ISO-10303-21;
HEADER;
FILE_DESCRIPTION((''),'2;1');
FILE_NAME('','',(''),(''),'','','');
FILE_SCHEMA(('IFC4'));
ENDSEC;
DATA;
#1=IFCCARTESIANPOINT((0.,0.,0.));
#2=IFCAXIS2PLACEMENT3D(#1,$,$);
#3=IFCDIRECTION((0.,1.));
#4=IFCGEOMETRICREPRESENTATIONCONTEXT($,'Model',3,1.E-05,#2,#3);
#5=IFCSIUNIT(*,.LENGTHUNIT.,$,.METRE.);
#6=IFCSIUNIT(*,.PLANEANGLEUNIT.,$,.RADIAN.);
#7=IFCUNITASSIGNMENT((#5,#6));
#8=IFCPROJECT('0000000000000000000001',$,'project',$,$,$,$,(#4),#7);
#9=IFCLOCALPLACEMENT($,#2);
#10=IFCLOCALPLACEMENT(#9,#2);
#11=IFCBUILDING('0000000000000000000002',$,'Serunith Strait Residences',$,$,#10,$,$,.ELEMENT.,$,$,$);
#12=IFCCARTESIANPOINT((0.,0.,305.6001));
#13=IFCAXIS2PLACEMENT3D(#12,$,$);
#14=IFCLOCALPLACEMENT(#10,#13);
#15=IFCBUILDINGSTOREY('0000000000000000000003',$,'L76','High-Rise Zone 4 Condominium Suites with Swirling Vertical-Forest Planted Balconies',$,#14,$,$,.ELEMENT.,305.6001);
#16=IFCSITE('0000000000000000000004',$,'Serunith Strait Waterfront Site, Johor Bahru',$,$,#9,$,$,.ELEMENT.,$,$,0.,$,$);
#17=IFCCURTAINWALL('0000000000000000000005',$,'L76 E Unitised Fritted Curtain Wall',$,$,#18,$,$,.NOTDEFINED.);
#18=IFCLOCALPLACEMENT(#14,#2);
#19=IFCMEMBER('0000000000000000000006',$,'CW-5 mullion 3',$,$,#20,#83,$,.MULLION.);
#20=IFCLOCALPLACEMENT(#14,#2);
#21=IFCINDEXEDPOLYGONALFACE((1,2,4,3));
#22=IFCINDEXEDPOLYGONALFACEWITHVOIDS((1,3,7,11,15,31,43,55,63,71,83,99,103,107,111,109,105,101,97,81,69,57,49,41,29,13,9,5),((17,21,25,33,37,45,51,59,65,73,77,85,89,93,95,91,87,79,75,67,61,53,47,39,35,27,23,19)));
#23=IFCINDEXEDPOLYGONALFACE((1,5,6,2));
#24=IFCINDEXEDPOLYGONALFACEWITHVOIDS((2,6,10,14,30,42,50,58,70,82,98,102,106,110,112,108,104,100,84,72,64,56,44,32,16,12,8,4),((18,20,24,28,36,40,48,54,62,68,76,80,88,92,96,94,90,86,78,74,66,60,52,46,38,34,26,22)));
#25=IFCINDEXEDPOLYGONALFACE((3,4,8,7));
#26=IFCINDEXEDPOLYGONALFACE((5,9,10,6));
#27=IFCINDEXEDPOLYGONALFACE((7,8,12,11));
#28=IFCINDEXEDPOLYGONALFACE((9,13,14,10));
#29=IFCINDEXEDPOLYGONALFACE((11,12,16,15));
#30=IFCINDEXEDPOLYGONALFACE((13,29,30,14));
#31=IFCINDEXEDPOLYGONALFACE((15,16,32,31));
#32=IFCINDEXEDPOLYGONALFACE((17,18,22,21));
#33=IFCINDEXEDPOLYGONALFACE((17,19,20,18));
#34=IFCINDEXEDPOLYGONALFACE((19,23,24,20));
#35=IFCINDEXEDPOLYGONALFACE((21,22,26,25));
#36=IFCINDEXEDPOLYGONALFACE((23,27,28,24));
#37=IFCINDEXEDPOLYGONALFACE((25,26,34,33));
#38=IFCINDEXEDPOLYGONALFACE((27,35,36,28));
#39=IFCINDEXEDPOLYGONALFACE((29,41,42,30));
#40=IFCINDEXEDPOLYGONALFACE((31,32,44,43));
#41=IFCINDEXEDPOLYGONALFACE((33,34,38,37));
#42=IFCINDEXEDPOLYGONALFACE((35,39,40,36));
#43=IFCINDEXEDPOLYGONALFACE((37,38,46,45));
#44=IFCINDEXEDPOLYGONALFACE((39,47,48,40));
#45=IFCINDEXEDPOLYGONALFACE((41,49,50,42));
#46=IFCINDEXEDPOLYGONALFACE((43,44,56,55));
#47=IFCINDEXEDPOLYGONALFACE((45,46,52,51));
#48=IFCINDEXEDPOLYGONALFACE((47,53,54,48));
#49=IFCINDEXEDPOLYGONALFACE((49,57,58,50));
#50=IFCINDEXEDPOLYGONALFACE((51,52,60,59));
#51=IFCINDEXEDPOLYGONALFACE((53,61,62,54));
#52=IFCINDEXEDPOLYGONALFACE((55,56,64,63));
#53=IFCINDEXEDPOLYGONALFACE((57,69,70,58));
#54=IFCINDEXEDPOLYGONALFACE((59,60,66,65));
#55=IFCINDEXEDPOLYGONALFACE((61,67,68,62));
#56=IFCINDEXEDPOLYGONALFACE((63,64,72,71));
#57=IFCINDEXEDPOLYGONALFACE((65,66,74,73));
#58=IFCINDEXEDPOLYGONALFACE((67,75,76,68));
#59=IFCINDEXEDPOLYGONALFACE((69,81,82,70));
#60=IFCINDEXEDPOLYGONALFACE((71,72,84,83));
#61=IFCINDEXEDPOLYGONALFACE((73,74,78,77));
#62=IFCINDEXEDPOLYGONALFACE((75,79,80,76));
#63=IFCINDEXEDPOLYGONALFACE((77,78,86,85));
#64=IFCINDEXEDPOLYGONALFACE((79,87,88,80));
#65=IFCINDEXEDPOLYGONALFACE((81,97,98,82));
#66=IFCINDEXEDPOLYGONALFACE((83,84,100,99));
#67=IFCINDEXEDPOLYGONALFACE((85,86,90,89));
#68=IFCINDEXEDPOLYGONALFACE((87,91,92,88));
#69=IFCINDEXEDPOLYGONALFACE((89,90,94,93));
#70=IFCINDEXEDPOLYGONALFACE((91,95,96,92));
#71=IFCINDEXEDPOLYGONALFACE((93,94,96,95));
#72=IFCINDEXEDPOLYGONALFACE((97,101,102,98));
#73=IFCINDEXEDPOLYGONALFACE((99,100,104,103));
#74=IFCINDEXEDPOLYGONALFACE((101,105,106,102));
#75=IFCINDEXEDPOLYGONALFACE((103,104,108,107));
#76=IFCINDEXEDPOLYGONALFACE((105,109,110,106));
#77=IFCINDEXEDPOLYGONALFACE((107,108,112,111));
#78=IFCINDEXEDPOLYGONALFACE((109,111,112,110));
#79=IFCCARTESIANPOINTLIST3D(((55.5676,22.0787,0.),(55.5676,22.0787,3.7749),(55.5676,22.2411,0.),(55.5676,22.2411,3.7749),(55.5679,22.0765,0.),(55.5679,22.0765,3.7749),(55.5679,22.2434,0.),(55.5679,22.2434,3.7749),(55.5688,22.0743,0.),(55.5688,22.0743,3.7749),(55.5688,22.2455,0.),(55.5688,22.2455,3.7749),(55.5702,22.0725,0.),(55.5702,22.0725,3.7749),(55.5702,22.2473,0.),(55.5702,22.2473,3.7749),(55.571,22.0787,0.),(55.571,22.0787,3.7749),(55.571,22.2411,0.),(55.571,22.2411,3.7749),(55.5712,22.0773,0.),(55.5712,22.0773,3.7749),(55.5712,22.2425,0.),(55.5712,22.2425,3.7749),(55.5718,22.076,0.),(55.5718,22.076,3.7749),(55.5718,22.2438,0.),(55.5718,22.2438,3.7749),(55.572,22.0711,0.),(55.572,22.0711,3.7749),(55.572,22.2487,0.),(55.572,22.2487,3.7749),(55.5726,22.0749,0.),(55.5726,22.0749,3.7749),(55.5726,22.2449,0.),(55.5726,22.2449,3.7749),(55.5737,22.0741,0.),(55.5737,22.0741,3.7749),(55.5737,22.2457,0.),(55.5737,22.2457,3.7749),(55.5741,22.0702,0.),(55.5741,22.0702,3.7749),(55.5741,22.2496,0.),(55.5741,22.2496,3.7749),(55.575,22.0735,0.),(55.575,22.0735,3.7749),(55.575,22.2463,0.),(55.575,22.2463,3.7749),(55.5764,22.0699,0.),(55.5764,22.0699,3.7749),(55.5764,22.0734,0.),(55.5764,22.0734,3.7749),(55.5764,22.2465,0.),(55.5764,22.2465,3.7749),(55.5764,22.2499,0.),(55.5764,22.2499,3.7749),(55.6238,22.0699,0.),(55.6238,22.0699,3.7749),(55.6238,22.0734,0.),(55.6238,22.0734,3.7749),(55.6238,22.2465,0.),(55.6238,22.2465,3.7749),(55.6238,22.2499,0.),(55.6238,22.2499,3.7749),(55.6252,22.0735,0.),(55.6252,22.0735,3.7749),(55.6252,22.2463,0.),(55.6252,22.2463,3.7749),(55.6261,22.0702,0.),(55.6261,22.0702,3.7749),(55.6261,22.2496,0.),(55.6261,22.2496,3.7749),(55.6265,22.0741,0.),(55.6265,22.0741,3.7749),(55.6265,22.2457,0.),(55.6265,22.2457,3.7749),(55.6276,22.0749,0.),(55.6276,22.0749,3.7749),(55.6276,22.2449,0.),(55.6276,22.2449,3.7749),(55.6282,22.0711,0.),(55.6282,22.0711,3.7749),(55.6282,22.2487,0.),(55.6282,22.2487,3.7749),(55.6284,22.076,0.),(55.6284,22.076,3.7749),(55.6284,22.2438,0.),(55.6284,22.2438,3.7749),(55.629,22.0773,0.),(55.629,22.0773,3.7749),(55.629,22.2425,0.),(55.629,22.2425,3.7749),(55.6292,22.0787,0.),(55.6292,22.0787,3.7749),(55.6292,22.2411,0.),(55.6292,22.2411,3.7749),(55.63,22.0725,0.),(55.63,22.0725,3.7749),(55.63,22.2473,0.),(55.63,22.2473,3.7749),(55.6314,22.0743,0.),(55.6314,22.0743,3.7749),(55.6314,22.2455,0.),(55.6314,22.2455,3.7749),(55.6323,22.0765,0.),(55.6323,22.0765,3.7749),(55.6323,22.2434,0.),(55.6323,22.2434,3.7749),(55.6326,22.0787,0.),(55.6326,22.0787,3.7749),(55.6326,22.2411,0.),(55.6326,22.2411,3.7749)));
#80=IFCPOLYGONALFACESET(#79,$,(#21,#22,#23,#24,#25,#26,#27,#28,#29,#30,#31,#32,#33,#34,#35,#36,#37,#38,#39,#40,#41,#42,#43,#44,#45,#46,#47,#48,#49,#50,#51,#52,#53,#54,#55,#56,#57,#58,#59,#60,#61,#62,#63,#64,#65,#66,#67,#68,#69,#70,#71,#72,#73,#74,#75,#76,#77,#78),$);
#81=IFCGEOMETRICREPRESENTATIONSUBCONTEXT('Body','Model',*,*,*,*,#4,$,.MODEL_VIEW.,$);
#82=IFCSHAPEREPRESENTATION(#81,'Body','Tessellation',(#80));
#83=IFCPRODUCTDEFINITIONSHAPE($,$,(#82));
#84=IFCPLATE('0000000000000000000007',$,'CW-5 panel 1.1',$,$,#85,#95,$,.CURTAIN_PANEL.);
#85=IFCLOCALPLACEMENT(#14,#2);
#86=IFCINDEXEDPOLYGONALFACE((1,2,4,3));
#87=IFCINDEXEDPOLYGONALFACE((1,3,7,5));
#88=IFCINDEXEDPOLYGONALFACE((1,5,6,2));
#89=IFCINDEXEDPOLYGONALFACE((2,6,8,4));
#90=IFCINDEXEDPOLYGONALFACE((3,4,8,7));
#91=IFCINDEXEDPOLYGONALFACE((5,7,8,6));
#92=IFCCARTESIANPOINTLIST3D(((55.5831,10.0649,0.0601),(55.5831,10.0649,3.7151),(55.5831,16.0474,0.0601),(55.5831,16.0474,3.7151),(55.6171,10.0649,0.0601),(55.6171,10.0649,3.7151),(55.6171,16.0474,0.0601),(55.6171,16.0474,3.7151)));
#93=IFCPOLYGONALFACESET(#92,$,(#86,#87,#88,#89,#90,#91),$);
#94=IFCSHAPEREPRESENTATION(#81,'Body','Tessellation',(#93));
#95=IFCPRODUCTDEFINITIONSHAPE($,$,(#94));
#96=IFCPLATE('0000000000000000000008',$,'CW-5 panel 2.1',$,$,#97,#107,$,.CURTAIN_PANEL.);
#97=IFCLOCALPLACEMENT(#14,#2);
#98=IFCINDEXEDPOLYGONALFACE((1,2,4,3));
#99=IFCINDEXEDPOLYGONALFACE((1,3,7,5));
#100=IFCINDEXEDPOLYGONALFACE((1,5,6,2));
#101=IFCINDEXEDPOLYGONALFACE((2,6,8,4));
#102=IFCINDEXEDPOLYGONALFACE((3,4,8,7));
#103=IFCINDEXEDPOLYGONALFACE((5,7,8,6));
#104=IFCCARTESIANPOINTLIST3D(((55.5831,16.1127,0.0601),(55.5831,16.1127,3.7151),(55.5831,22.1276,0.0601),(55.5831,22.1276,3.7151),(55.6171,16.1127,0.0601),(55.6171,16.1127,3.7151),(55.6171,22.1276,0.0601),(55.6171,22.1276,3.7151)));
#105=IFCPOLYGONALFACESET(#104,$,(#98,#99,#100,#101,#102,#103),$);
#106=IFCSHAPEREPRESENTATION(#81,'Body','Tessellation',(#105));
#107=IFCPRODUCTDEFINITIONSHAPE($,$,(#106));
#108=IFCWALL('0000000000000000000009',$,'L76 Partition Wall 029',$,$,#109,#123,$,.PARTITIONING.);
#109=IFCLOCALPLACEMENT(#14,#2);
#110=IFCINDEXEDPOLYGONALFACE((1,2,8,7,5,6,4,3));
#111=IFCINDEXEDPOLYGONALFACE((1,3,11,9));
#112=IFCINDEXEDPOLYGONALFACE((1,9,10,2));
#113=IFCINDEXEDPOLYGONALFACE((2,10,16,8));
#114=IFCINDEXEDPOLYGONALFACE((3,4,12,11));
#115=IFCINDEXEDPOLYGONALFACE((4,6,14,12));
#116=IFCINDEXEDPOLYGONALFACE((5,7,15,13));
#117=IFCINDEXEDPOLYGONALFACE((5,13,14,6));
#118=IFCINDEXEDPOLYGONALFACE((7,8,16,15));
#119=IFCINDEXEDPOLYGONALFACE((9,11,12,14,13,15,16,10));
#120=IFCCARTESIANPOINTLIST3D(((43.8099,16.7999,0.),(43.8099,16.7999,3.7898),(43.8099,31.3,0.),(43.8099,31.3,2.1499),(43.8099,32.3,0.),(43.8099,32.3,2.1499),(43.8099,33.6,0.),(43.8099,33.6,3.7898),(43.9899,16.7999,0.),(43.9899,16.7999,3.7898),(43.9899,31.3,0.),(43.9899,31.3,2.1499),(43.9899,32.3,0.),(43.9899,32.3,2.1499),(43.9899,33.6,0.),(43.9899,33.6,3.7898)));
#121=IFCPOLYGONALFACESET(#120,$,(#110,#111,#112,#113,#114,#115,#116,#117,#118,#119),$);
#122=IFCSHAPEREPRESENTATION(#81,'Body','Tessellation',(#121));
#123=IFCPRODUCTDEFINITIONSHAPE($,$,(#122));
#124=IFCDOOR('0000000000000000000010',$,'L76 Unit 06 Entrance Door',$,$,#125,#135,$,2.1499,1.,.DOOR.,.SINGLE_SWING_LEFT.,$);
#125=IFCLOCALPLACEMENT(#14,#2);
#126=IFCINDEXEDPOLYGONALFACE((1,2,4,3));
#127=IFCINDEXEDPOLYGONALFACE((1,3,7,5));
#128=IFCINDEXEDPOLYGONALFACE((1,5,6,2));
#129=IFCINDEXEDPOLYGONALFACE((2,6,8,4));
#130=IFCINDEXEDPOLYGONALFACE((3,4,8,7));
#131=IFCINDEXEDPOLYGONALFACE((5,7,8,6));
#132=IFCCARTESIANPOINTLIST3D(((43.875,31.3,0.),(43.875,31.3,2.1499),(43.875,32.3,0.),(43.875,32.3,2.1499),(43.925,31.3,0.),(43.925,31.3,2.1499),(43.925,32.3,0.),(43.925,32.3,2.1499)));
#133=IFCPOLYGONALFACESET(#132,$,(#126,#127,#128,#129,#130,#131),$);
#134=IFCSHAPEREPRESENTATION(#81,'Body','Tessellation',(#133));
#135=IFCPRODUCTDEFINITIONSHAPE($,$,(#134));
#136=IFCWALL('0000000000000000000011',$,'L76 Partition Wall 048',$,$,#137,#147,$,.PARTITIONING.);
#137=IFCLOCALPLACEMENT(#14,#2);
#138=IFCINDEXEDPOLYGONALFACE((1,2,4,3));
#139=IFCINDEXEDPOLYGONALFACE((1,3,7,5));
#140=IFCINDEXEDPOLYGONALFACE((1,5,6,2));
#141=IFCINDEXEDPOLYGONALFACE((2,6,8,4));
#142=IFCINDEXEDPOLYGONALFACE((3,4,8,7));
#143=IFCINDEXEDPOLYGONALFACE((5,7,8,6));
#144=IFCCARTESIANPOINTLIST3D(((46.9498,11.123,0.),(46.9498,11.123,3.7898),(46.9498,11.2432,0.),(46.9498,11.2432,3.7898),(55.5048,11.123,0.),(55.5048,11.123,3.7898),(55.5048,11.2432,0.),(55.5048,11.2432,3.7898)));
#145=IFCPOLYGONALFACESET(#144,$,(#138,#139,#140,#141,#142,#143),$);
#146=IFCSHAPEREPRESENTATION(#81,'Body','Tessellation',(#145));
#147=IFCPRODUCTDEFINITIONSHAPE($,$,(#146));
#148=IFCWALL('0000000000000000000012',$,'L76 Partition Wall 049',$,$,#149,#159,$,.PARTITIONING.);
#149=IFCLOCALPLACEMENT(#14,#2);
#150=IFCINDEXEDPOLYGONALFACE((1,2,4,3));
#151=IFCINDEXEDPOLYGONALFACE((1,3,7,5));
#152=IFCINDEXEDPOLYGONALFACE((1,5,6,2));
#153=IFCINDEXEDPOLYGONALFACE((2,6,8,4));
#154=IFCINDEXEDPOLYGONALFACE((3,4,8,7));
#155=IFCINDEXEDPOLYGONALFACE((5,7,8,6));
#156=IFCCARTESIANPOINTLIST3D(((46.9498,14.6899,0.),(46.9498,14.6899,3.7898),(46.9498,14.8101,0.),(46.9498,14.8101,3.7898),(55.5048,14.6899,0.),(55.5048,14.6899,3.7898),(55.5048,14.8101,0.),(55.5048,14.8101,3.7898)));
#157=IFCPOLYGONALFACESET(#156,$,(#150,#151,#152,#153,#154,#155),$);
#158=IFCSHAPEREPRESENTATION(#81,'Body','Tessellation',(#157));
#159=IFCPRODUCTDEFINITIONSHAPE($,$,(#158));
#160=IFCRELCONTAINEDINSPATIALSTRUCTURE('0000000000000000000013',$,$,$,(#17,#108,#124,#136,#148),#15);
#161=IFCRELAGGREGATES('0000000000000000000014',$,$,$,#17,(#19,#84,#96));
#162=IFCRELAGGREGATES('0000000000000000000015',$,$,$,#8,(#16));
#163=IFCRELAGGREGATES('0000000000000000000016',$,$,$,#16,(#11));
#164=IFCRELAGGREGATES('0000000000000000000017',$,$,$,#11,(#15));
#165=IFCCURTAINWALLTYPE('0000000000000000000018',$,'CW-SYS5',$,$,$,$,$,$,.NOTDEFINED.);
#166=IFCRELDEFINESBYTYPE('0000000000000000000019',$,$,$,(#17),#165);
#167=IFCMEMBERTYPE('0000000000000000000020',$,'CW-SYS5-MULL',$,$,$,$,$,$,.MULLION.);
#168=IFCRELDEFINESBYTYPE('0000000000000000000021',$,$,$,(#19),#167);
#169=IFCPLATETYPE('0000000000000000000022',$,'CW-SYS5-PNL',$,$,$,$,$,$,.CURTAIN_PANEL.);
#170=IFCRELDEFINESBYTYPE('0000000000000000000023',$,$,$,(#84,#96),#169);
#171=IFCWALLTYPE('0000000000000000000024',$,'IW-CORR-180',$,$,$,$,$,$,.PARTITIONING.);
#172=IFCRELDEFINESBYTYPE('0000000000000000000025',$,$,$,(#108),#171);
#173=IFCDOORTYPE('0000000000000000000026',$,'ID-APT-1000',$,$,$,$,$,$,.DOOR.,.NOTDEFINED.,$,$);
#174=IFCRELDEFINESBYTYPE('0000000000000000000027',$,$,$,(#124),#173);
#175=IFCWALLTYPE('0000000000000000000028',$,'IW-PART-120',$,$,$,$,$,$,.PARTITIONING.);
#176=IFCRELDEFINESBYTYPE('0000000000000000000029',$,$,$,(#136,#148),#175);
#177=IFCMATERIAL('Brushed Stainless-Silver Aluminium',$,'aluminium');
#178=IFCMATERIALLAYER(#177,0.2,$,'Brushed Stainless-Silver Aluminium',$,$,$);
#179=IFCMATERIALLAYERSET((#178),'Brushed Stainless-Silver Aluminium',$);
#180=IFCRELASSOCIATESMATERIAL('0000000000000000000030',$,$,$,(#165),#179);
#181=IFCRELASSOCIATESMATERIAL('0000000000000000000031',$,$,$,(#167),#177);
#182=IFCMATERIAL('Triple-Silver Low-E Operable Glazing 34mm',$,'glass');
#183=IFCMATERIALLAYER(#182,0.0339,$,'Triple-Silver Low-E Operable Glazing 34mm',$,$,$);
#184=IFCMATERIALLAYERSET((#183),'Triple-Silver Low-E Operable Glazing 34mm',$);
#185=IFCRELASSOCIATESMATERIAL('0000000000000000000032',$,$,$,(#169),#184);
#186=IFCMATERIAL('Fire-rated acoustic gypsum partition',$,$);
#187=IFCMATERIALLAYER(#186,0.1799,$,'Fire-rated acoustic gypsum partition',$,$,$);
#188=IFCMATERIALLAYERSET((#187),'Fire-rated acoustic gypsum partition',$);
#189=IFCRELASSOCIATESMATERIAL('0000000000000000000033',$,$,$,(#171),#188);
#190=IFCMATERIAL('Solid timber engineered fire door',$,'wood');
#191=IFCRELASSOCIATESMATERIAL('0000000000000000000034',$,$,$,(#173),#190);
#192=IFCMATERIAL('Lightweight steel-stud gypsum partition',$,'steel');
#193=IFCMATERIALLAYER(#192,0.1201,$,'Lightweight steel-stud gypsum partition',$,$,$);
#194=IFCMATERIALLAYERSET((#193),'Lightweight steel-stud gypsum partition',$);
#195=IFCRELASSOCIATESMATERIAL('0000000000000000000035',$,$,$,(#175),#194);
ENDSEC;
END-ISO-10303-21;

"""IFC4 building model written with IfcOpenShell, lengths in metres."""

from ifc_helpers import new_model, si_unit, direction, frame, frame_2d, origin, origin_2d, place, context, subcontext, project, spatial, rectangle, hollow_rectangle, extrude, source, transform, mapped, material, layer, layer_set, material_profile, profile_set, type_object, element, fill, aggregate, save


model = new_model("IFC4")

# Units and contexts
model_context = context("Model", 3, precision=1e-05, world=origin(), true_north=direction((0.0, 1.0)))
body_context = subcontext(model_context, "Body", "Model", "MODEL_VIEW")
ifc_project = project(units=[si_unit("LENGTHUNIT", "METRE"), si_unit("PLANEANGLEUNIT", "RADIAN")], contexts=[model_context])

# Site, building, storey
site_placement = place(None, origin())
site = spatial("IfcSite", under=ifc_project, at=site_placement, Name="Serunith Strait Waterfront Site, Johor Bahru", CompositionType="ELEMENT", RefElevation=0.0)
building_placement = place(site_placement, origin())
building = spatial("IfcBuilding", under=site, at=building_placement, Name="Serunith Strait Residences", CompositionType="ELEMENT")
storey_placement = place(building_placement, frame((0.0, 0.0, 305.6001)))
storey = spatial("IfcBuildingStorey", under=building, at=storey_placement, Name="L76", Description="High-Rise Zone 4 Condominium Suites with Swirling Vertical-Forest Planted Balconies", CompositionType="ELEMENT", Elevation=305.6001)

# Curtain wall, member, plates
ifc_material_1 = material(Name="Brushed Stainless-Silver Aluminium", Category="aluminium")
ifc_layer_1 = layer(ifc_material_1, 0.2, Name="Brushed Stainless-Silver Aluminium")
ifc_layer_set_1 = layer_set([ifc_layer_1], Name="Brushed Stainless-Silver Aluminium")
curtain_wall_type = type_object("IfcCurtainWallType", Name="CW-SYS5", PredefinedType="NOTDEFINED", material=ifc_layer_set_1)
curtain_wall_placement = place(storey_placement, origin())
curtain_wall = element("IfcCurtainWall", 1, at=curtain_wall_placement, inside=storey, type_object=curtain_wall_type, Name="L76 E Unitised Fritted Curtain Wall", PredefinedType="NOTDEFINED")
ifc_material_profile_1 = material_profile(ifc_material_1, hollow_rectangle(XDim=0.0649, YDim=0.1799, WallThickness=0.0034, InnerFilletRadius=0.0054, OuterFilletRadius=0.0088, at=origin_2d()), Name="ALU 180x65x3.5")
ifc_profile_set_1 = profile_set([ifc_material_profile_1], Name="Brushed Stainless-Silver Aluminium")
member_type_1 = type_object("IfcMemberType", Name="CW-SYS5-MULL", PredefinedType="MULLION", material=ifc_profile_set_1)
shared_shape_1 = source(origin(), body_context, "Body", "SweptSolid", [
    extrude(hollow_rectangle(XDim=0.0649, YDim=0.1799, WallThickness=0.0034, InnerFilletRadius=0.0054, OuterFilletRadius=0.0088, at=origin_2d()), origin(), (0.0, 0.0, 1.0), 3.7749),
])
member_1_placement = place(storey_placement, frame((55.6001, 22.1599, 0.0), z_axis=(0.0, 0.0, 1.0), x_axis=(-1.0, 0.0, 0.0)))
member_1 = element("IfcMember", 2, at=member_1_placement, type_object=member_type_1, Name="CW-5 mullion 3", PredefinedType="MULLION", context=body_context, shape_type="MappedRepresentation", body=[
    mapped(shared_shape_1, transform((0.0, 0.0, 0.0), scale=1.0)),
])
ifc_material_2 = material(Name="Triple-Silver Low-E Operable Glazing 34mm", Category="glass")
ifc_layer_2 = layer(ifc_material_2, 0.0339, Name="Triple-Silver Low-E Operable Glazing 34mm")
ifc_layer_set_2 = layer_set([ifc_layer_2], Name="Triple-Silver Low-E Operable Glazing 34mm")
plate_type = type_object("IfcPlateType", Name="CW-SYS5-PNL", PredefinedType="CURTAIN_PANEL", material=ifc_layer_set_2)
shared_shape_2 = source(origin(), body_context, "Body", "SweptSolid", [
    extrude(rectangle(XDim=5.9824, YDim=0.0339, at=origin_2d()), origin(), (0.0, 0.0, 1.0), 3.655),
])
plate_1_placement = place(storey_placement, frame((55.6001, 13.0562, 0.0601), z_axis=(0.0, 0.0, 1.0), x_axis=(0.0, 1.0, 0.0)))
plate_1 = element("IfcPlate", 3, at=plate_1_placement, type_object=plate_type, Name="CW-5 panel 1.1", PredefinedType="CURTAIN_PANEL", context=body_context, shape_type="MappedRepresentation", body=[
    mapped(shared_shape_2, transform((0.0, 0.0, 0.0), scale=1.0)),
])
shared_shape_3 = source(origin(), body_context, "Body", "SweptSolid", [
    extrude(rectangle(XDim=6.0149, YDim=0.0339, at=origin_2d()), origin(), (0.0, 0.0, 1.0), 3.655),
])
plate_2_placement = place(storey_placement, frame((55.6001, 19.1201, 0.0601), z_axis=(0.0, 0.0, 1.0), x_axis=(0.0, 1.0, 0.0)))
plate_2 = element("IfcPlate", 4, at=plate_2_placement, type_object=plate_type, Name="CW-5 panel 2.1", PredefinedType="CURTAIN_PANEL", context=body_context, shape_type="MappedRepresentation", body=[
    mapped(shared_shape_3, transform((0.0, 0.0, 0.0), scale=1.0)),
])
aggregate(curtain_wall, [member_1, plate_1, plate_2])

# Wall, opening, door
ifc_material_3 = material(Name="Fire-rated acoustic gypsum partition")
ifc_layer_3 = layer(ifc_material_3, 0.1799, Name="Fire-rated acoustic gypsum partition")
ifc_layer_set_3 = layer_set([ifc_layer_3], Name="Fire-rated acoustic gypsum partition")
wall_type_1 = type_object("IfcWallType", Name="IW-CORR-180", PredefinedType="PARTITIONING", material=ifc_layer_set_3)
ifc_material_4 = material(Name="Solid timber engineered fire door", Category="wood")
door_type_1 = type_object("IfcDoorType", Name="ID-APT-1000", OperationType="NOTDEFINED", PredefinedType="DOOR", material=ifc_material_4)
shared_shape_4 = source(origin(), body_context, "Body", "SweptSolid", [
    extrude(rectangle(XDim=1.0, YDim=2.1499, at=frame_2d((0.5, 1.075))), frame((0.0, 0.0249, 0.0), z_axis=(0.0, -1.0, 0.0), x_axis=(1.0, 0.0, 0.0)), (0.0, 0.0, 1.0), 0.05),
])
wall_1_placement = place(storey_placement, frame((43.8999, 16.8, 0.0), z_axis=(0.0, 0.0, 1.0), x_axis=(0.0, 1.0, 0.0)))
wall_1 = element("IfcWall", 5, at=wall_1_placement, inside=storey, type_object=wall_type_1, Name="L76 Partition Wall 029", PredefinedType="PARTITIONING", context=body_context, shape_type="SweptSolid", body=[
    extrude(rectangle(XDim=16.8, YDim=0.1799, at=frame_2d((8.3999, 0.0))), origin(), (0.0, 0.0, 1.0), 3.7898),
])
opening_1_placement = place(wall_1_placement, frame((14.5, 0.0, 0.0)))
opening_1 = element("IfcOpeningElement", 6, at=opening_1_placement, cuts=wall_1, PredefinedType="OPENING", context=body_context, shape_type="SweptSolid", body=[
    extrude(rectangle(XDim=1.0, YDim=2.1499, at=frame_2d((0.5, 1.075))), frame((0.0, 0.1001, 0.0), z_axis=(0.0, -1.0, 0.0), x_axis=(1.0, 0.0, 0.0)), (0.0, 0.0, 1.0), 0.2),
])
door_1_placement = place(opening_1_placement, origin())
door_1 = element("IfcDoor", 7, at=door_1_placement, inside=storey, type_object=door_type_1, Name="L76 Unit 06 Entrance Door", OperationType="SINGLE_SWING_LEFT", OverallHeight=2.1499, OverallWidth=1.0, PredefinedType="DOOR", context=body_context, shape_type="MappedRepresentation", body=[
    mapped(shared_shape_4, transform((0.0, 0.0, 0.0), scale=1.0)),
])
fill(opening_1, door_1)

# Walls
ifc_material_5 = material(Name="Lightweight steel-stud gypsum partition", Category="steel")
ifc_layer_4 = layer(ifc_material_5, 0.1201, Name="Lightweight steel-stud gypsum partition")
ifc_layer_set_4 = layer_set([ifc_layer_4], Name="Lightweight steel-stud gypsum partition")
wall_type_2 = type_object("IfcWallType", Name="IW-PART-120", PredefinedType="PARTITIONING", material=ifc_layer_set_4)
for number, where, z_axis, x_axis, name in (
    (8, (46.95, 11.1831, 0.0), (0.0, 0.0, 1.0), (1.0, 0.0, 0.0), "L76 Partition Wall 048"),
    (9, (46.95, 14.75, 0.0), (0.0, 0.0, 1.0), (1.0, 0.0, 0.0), "L76 Partition Wall 049"),
):
    element("IfcWall", number, at=place(storey_placement, frame(where, z_axis=z_axis, x_axis=x_axis)), inside=storey, type_object=wall_type_2, Name=name, PredefinedType="PARTITIONING", context=body_context, shape_type="SweptSolid", body=[
        extrude(rectangle(XDim=8.5549, YDim=0.1201, at=frame_2d((4.2773, 0.0))), origin(), (0.0, 0.0, 1.0), 3.7898),
    ])

save(model, "model.ifc")
